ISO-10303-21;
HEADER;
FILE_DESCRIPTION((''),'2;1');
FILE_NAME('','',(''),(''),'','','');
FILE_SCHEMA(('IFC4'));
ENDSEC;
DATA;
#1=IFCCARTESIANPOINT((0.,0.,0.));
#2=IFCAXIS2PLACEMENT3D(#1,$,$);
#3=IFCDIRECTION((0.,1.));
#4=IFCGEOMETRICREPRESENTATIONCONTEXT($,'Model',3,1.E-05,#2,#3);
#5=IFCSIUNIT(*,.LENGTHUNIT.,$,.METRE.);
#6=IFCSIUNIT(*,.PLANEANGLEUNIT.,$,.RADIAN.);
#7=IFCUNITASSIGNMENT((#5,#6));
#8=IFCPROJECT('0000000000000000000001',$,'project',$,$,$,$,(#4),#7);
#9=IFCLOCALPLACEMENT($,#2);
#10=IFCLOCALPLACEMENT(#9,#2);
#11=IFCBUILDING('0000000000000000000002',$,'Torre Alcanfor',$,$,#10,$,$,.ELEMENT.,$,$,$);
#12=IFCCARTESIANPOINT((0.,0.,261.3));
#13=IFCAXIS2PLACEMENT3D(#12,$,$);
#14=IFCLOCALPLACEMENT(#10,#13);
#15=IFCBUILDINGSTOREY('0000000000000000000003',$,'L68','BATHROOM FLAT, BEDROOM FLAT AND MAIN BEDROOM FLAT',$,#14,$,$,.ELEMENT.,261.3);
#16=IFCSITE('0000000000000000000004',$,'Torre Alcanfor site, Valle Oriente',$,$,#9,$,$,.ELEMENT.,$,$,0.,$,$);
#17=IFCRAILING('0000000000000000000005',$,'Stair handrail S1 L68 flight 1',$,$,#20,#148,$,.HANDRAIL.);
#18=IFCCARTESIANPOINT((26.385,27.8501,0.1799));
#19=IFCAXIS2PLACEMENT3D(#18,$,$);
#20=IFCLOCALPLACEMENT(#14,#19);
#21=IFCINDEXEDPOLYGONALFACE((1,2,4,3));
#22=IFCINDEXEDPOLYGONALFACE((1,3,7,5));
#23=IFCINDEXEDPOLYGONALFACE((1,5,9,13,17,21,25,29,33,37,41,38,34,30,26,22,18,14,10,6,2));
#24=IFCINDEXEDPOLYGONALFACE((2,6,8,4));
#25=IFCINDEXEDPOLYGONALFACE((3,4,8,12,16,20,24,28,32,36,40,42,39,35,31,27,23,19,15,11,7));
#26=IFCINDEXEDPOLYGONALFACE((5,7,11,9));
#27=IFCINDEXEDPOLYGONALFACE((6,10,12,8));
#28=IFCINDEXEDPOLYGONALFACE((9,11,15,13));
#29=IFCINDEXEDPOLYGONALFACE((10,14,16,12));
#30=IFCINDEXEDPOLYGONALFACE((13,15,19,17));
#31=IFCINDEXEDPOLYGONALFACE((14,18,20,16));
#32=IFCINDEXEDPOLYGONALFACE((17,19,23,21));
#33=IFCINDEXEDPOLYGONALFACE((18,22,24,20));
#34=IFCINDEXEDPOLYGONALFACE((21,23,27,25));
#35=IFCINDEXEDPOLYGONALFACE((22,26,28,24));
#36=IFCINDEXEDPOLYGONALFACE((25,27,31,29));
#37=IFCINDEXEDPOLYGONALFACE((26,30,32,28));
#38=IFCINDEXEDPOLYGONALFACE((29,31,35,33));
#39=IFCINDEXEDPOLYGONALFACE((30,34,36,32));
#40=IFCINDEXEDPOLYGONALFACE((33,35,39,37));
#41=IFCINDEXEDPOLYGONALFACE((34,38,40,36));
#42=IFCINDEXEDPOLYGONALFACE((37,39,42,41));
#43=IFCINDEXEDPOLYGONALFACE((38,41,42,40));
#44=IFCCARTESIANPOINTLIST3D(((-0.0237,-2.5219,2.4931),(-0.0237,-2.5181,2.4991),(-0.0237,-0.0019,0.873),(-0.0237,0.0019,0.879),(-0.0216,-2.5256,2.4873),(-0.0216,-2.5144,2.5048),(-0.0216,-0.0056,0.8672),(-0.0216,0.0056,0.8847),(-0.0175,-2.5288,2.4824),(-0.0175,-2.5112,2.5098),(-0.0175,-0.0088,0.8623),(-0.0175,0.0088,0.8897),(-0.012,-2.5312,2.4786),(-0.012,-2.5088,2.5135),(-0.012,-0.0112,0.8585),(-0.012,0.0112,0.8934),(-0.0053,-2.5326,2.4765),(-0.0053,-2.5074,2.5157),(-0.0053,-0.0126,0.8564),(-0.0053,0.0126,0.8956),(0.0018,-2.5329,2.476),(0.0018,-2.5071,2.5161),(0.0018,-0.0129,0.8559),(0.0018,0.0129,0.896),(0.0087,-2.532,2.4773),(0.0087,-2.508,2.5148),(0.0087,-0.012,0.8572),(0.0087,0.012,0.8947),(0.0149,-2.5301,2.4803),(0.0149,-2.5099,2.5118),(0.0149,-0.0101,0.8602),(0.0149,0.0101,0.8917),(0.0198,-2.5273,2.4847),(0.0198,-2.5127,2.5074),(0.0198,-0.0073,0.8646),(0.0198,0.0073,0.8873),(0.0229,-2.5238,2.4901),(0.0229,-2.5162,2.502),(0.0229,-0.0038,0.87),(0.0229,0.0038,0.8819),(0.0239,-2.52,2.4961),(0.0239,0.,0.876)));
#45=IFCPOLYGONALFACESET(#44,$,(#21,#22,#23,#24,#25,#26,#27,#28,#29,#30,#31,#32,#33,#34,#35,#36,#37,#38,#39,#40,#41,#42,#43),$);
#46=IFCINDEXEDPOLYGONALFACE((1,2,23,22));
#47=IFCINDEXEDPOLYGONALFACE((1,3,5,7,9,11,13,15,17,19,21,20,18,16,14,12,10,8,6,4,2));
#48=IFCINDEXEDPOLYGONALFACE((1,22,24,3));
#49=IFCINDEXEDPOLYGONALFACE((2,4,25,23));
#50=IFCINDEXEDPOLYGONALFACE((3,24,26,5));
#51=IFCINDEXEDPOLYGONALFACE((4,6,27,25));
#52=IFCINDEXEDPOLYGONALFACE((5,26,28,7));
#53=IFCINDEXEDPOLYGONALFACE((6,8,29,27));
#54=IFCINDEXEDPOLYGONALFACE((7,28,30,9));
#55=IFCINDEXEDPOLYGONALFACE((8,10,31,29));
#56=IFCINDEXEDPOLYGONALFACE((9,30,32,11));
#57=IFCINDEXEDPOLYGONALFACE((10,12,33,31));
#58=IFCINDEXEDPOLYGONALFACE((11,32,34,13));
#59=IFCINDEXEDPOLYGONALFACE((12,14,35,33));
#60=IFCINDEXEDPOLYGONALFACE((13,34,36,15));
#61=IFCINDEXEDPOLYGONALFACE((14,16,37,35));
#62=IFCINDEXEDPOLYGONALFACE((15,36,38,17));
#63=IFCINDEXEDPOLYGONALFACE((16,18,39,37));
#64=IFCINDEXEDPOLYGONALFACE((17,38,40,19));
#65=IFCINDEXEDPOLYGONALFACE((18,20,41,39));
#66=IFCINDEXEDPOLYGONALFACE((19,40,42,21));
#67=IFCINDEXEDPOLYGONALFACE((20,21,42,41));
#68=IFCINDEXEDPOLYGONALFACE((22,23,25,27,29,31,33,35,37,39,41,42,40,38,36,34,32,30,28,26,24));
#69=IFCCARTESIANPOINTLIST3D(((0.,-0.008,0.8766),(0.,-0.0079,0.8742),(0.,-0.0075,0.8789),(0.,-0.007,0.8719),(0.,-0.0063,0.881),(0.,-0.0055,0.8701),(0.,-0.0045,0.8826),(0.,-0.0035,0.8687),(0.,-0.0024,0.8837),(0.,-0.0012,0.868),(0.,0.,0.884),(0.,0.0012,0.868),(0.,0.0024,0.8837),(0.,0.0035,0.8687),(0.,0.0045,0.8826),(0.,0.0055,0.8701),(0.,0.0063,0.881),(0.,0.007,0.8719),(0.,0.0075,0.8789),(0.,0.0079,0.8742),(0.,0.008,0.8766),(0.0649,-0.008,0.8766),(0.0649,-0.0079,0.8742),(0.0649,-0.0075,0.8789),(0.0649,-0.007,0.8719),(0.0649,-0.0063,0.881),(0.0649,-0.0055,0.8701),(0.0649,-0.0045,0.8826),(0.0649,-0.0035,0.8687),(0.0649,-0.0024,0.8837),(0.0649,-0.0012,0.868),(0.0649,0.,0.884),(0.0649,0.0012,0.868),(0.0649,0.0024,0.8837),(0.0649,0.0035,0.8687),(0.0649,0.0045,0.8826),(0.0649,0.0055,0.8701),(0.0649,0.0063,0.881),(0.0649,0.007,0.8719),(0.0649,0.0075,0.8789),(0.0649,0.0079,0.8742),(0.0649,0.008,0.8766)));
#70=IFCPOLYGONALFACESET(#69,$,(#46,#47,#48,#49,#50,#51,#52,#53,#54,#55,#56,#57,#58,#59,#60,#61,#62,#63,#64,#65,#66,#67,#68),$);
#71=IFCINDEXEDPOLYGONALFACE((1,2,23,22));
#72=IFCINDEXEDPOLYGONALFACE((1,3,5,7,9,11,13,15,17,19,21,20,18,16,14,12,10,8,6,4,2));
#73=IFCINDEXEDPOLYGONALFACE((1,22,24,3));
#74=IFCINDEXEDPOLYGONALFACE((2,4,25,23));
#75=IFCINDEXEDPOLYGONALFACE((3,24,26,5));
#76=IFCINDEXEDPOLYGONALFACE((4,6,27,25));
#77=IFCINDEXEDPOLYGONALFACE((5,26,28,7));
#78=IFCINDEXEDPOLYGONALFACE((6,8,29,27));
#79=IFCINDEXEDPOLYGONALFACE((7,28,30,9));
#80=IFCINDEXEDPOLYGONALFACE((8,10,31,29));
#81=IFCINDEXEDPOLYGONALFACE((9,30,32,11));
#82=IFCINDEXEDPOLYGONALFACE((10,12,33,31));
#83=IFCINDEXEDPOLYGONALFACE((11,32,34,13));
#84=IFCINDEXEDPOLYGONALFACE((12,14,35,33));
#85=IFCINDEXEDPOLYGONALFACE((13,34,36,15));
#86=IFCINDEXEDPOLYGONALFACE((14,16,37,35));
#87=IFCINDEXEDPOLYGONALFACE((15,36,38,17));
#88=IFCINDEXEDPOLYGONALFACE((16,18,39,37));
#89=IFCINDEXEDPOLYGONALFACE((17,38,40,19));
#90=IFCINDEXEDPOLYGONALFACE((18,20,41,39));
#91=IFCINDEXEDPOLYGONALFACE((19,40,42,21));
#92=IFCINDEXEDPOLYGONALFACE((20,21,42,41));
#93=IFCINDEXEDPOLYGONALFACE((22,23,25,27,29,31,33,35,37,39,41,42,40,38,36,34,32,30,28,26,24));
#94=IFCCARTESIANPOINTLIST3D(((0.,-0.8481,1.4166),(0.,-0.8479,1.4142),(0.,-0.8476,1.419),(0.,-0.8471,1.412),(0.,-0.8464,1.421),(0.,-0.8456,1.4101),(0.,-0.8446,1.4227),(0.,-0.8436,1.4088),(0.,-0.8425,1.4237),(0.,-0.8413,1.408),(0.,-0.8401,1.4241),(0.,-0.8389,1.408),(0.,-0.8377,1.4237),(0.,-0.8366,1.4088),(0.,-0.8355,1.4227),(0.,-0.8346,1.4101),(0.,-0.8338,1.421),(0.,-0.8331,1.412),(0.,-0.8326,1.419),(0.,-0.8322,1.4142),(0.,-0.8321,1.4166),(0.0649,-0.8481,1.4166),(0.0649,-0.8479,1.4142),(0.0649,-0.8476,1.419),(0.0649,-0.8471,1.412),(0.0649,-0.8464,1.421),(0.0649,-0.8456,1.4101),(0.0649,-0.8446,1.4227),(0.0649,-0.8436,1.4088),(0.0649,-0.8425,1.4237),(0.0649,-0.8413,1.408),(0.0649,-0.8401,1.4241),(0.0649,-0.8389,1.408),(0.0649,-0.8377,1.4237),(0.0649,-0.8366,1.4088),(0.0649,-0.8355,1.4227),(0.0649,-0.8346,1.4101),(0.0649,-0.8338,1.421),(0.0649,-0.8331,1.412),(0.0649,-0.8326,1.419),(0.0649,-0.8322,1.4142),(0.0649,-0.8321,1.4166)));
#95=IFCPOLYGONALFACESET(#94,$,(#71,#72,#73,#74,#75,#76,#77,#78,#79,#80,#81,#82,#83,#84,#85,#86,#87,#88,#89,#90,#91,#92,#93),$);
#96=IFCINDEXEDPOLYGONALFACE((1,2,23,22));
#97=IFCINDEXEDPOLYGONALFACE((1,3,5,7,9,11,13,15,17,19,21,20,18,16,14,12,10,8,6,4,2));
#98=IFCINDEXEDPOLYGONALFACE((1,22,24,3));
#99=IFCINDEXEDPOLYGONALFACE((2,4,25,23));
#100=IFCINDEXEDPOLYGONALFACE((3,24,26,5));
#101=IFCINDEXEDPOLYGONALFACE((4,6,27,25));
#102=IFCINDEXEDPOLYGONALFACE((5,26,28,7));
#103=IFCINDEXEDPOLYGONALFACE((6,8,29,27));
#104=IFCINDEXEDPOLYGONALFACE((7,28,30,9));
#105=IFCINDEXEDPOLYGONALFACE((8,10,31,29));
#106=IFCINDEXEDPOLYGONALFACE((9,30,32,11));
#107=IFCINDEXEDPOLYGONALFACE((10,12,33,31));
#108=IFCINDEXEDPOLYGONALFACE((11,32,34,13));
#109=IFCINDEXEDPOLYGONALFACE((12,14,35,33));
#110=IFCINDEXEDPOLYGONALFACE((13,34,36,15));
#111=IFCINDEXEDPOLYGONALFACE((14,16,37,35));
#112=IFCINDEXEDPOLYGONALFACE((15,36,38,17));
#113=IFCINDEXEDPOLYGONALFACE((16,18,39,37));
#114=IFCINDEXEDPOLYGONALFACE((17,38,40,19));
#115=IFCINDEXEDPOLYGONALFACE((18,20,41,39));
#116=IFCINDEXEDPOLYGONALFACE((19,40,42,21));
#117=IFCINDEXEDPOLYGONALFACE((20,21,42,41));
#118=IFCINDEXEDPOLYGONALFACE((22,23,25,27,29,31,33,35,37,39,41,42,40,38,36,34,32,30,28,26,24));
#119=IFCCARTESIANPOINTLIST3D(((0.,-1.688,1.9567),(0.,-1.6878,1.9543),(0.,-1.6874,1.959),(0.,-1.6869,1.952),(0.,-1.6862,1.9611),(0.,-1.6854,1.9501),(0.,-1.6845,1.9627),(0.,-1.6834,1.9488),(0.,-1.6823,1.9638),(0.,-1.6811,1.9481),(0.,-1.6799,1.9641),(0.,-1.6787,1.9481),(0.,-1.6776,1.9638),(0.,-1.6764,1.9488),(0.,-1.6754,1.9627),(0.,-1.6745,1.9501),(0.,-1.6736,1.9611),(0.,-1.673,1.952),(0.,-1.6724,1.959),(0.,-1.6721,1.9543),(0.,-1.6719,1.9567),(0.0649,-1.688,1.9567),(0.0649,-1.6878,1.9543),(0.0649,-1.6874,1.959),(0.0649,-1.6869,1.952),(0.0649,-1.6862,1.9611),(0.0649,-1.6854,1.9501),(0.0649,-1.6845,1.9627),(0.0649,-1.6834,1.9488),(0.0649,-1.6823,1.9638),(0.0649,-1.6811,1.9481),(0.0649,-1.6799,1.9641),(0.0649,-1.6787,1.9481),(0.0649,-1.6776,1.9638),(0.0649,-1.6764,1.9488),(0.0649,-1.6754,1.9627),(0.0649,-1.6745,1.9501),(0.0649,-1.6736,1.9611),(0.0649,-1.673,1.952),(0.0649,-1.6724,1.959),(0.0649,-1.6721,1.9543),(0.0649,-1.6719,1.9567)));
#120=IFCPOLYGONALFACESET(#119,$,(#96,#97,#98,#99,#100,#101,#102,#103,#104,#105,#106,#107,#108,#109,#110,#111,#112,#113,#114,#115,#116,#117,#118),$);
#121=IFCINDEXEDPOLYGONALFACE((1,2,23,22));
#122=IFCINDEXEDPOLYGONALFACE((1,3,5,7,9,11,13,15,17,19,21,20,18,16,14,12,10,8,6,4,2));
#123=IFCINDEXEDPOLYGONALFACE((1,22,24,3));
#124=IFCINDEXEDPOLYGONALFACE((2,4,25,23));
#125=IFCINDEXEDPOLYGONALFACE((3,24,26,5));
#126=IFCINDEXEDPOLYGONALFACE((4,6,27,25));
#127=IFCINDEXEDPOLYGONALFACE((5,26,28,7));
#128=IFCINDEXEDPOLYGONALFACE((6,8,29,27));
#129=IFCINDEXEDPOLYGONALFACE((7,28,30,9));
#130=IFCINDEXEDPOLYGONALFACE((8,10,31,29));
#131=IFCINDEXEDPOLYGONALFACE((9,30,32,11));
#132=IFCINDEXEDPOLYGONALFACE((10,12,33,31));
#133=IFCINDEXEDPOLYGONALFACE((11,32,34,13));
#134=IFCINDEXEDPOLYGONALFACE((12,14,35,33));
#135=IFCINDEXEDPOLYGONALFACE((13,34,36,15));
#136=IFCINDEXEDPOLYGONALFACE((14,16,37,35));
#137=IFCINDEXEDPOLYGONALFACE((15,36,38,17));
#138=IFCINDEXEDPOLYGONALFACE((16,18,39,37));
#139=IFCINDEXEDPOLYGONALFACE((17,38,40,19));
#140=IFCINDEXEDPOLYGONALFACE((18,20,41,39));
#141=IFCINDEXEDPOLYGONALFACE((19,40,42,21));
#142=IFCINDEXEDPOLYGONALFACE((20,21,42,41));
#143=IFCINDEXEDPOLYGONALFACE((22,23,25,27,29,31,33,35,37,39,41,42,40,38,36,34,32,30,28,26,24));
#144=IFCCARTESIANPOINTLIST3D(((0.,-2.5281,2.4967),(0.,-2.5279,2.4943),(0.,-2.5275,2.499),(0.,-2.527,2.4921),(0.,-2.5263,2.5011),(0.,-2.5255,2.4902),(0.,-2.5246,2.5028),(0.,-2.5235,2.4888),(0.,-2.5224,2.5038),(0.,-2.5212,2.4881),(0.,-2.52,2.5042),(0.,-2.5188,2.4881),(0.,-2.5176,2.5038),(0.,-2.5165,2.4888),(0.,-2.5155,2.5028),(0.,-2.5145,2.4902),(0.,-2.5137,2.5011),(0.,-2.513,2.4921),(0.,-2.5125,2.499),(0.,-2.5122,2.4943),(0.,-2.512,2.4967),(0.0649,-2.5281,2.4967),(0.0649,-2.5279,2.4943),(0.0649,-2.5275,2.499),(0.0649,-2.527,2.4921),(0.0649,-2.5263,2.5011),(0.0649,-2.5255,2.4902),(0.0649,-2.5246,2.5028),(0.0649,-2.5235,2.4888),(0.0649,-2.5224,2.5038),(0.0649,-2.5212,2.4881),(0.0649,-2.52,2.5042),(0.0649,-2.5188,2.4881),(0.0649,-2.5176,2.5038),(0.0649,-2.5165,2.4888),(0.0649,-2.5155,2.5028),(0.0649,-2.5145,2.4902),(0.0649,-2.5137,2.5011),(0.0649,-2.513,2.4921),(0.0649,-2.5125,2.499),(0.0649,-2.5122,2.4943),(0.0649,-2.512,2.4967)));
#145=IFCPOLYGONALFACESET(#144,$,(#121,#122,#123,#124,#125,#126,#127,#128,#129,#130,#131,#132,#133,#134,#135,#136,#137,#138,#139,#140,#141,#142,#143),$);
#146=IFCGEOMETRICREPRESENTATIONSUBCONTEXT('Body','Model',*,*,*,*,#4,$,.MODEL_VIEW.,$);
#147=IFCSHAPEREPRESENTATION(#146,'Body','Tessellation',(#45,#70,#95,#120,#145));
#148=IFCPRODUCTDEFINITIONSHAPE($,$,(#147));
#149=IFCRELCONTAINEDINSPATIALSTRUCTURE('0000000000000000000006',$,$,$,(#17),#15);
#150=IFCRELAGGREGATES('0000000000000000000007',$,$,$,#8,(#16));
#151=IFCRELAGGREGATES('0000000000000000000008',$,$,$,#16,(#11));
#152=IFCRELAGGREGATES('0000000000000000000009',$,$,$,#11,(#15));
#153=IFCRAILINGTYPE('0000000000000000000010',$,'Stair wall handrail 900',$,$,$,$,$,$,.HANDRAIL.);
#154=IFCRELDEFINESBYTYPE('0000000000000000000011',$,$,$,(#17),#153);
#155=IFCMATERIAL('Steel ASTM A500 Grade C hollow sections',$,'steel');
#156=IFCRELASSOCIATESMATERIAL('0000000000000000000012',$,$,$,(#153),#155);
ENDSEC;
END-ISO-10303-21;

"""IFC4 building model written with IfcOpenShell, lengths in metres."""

from ifc_helpers import new_model, si_unit, direction, frame, origin, origin_2d, place, context, subcontext, project, spatial, circle, extrude, material, type_object, element, save


model = new_model("IFC4")

# Units and contexts
model_context = context("Model", 3, precision=1e-05, world=origin(), true_north=direction((0.0, 1.0)))
body_context = subcontext(model_context, "Body", "Model", "MODEL_VIEW")
ifc_project = project(units=[si_unit("LENGTHUNIT", "METRE"), si_unit("PLANEANGLEUNIT", "RADIAN")], contexts=[model_context])

# Site, building, storey
site_placement = place(None, origin())
site = spatial("IfcSite", under=ifc_project, at=site_placement, Name="Torre Alcanfor site, Valle Oriente", CompositionType="ELEMENT", RefElevation=0.0)
building_placement = place(site_placement, origin())
building = spatial("IfcBuilding", under=site, at=building_placement, Name="Torre Alcanfor", CompositionType="ELEMENT")
storey_placement = place(building_placement, frame((0.0, 0.0, 261.3)))
storey = spatial("IfcBuildingStorey", under=building, at=storey_placement, Name="L68", Description="BATHROOM FLAT, BEDROOM FLAT AND MAIN BEDROOM FLAT", CompositionType="ELEMENT", Elevation=261.3)

# Railing
ifc_material_1 = material(Name="Steel ASTM A500 Grade C hollow sections", Category="steel")
railing_type_1 = type_object("IfcRailingType", Name="Stair wall handrail 900", PredefinedType="HANDRAIL", material=ifc_material_1)
railing_1_placement = place(storey_placement, frame((26.385, 27.8501, 0.1799)))
element("IfcRailing", 1, at=railing_1_placement, inside=storey, type_object=railing_type_1, Name="Stair handrail S1 L68 flight 1", PredefinedType="HANDRAIL", context=body_context, shape_type="SweptSolid", body=[
    extrude(circle(Radius=0.0239, at=origin_2d()), frame((0.0, 0.0, 0.876), z_axis=(0.0, -0.841163, 0.540782), x_axis=(1.0, 0.0, 0.0)), (0.0, 0.0, 1.0), 2.9958),
    extrude(circle(Radius=0.0081, at=origin_2d()), frame((0.0, 0.0, 0.876), z_axis=(1.0, 0.0, 0.0), x_axis=(0.0, 0.0, 1.0)), (0.0, 0.0, 1.0), 0.0649),
    extrude(circle(Radius=0.0081, at=origin_2d()), frame((0.0, -0.8401, 1.416), z_axis=(1.0, 0.0, 0.0), x_axis=(0.0, 0.0, 1.0)), (0.0, 0.0, 1.0), 0.0649),
    extrude(circle(Radius=0.0081, at=origin_2d()), frame((0.0, -1.6799, 1.9561), z_axis=(1.0, 0.0, 0.0), x_axis=(0.0, 0.0, 1.0)), (0.0, 0.0, 1.0), 0.0649),
    extrude(circle(Radius=0.0081, at=origin_2d()), frame((0.0, -2.52, 2.4961), z_axis=(1.0, 0.0, 0.0), x_axis=(0.0, 0.0, 1.0)), (0.0, 0.0, 1.0), 0.0649),
])

save(model, "model.ifc")
